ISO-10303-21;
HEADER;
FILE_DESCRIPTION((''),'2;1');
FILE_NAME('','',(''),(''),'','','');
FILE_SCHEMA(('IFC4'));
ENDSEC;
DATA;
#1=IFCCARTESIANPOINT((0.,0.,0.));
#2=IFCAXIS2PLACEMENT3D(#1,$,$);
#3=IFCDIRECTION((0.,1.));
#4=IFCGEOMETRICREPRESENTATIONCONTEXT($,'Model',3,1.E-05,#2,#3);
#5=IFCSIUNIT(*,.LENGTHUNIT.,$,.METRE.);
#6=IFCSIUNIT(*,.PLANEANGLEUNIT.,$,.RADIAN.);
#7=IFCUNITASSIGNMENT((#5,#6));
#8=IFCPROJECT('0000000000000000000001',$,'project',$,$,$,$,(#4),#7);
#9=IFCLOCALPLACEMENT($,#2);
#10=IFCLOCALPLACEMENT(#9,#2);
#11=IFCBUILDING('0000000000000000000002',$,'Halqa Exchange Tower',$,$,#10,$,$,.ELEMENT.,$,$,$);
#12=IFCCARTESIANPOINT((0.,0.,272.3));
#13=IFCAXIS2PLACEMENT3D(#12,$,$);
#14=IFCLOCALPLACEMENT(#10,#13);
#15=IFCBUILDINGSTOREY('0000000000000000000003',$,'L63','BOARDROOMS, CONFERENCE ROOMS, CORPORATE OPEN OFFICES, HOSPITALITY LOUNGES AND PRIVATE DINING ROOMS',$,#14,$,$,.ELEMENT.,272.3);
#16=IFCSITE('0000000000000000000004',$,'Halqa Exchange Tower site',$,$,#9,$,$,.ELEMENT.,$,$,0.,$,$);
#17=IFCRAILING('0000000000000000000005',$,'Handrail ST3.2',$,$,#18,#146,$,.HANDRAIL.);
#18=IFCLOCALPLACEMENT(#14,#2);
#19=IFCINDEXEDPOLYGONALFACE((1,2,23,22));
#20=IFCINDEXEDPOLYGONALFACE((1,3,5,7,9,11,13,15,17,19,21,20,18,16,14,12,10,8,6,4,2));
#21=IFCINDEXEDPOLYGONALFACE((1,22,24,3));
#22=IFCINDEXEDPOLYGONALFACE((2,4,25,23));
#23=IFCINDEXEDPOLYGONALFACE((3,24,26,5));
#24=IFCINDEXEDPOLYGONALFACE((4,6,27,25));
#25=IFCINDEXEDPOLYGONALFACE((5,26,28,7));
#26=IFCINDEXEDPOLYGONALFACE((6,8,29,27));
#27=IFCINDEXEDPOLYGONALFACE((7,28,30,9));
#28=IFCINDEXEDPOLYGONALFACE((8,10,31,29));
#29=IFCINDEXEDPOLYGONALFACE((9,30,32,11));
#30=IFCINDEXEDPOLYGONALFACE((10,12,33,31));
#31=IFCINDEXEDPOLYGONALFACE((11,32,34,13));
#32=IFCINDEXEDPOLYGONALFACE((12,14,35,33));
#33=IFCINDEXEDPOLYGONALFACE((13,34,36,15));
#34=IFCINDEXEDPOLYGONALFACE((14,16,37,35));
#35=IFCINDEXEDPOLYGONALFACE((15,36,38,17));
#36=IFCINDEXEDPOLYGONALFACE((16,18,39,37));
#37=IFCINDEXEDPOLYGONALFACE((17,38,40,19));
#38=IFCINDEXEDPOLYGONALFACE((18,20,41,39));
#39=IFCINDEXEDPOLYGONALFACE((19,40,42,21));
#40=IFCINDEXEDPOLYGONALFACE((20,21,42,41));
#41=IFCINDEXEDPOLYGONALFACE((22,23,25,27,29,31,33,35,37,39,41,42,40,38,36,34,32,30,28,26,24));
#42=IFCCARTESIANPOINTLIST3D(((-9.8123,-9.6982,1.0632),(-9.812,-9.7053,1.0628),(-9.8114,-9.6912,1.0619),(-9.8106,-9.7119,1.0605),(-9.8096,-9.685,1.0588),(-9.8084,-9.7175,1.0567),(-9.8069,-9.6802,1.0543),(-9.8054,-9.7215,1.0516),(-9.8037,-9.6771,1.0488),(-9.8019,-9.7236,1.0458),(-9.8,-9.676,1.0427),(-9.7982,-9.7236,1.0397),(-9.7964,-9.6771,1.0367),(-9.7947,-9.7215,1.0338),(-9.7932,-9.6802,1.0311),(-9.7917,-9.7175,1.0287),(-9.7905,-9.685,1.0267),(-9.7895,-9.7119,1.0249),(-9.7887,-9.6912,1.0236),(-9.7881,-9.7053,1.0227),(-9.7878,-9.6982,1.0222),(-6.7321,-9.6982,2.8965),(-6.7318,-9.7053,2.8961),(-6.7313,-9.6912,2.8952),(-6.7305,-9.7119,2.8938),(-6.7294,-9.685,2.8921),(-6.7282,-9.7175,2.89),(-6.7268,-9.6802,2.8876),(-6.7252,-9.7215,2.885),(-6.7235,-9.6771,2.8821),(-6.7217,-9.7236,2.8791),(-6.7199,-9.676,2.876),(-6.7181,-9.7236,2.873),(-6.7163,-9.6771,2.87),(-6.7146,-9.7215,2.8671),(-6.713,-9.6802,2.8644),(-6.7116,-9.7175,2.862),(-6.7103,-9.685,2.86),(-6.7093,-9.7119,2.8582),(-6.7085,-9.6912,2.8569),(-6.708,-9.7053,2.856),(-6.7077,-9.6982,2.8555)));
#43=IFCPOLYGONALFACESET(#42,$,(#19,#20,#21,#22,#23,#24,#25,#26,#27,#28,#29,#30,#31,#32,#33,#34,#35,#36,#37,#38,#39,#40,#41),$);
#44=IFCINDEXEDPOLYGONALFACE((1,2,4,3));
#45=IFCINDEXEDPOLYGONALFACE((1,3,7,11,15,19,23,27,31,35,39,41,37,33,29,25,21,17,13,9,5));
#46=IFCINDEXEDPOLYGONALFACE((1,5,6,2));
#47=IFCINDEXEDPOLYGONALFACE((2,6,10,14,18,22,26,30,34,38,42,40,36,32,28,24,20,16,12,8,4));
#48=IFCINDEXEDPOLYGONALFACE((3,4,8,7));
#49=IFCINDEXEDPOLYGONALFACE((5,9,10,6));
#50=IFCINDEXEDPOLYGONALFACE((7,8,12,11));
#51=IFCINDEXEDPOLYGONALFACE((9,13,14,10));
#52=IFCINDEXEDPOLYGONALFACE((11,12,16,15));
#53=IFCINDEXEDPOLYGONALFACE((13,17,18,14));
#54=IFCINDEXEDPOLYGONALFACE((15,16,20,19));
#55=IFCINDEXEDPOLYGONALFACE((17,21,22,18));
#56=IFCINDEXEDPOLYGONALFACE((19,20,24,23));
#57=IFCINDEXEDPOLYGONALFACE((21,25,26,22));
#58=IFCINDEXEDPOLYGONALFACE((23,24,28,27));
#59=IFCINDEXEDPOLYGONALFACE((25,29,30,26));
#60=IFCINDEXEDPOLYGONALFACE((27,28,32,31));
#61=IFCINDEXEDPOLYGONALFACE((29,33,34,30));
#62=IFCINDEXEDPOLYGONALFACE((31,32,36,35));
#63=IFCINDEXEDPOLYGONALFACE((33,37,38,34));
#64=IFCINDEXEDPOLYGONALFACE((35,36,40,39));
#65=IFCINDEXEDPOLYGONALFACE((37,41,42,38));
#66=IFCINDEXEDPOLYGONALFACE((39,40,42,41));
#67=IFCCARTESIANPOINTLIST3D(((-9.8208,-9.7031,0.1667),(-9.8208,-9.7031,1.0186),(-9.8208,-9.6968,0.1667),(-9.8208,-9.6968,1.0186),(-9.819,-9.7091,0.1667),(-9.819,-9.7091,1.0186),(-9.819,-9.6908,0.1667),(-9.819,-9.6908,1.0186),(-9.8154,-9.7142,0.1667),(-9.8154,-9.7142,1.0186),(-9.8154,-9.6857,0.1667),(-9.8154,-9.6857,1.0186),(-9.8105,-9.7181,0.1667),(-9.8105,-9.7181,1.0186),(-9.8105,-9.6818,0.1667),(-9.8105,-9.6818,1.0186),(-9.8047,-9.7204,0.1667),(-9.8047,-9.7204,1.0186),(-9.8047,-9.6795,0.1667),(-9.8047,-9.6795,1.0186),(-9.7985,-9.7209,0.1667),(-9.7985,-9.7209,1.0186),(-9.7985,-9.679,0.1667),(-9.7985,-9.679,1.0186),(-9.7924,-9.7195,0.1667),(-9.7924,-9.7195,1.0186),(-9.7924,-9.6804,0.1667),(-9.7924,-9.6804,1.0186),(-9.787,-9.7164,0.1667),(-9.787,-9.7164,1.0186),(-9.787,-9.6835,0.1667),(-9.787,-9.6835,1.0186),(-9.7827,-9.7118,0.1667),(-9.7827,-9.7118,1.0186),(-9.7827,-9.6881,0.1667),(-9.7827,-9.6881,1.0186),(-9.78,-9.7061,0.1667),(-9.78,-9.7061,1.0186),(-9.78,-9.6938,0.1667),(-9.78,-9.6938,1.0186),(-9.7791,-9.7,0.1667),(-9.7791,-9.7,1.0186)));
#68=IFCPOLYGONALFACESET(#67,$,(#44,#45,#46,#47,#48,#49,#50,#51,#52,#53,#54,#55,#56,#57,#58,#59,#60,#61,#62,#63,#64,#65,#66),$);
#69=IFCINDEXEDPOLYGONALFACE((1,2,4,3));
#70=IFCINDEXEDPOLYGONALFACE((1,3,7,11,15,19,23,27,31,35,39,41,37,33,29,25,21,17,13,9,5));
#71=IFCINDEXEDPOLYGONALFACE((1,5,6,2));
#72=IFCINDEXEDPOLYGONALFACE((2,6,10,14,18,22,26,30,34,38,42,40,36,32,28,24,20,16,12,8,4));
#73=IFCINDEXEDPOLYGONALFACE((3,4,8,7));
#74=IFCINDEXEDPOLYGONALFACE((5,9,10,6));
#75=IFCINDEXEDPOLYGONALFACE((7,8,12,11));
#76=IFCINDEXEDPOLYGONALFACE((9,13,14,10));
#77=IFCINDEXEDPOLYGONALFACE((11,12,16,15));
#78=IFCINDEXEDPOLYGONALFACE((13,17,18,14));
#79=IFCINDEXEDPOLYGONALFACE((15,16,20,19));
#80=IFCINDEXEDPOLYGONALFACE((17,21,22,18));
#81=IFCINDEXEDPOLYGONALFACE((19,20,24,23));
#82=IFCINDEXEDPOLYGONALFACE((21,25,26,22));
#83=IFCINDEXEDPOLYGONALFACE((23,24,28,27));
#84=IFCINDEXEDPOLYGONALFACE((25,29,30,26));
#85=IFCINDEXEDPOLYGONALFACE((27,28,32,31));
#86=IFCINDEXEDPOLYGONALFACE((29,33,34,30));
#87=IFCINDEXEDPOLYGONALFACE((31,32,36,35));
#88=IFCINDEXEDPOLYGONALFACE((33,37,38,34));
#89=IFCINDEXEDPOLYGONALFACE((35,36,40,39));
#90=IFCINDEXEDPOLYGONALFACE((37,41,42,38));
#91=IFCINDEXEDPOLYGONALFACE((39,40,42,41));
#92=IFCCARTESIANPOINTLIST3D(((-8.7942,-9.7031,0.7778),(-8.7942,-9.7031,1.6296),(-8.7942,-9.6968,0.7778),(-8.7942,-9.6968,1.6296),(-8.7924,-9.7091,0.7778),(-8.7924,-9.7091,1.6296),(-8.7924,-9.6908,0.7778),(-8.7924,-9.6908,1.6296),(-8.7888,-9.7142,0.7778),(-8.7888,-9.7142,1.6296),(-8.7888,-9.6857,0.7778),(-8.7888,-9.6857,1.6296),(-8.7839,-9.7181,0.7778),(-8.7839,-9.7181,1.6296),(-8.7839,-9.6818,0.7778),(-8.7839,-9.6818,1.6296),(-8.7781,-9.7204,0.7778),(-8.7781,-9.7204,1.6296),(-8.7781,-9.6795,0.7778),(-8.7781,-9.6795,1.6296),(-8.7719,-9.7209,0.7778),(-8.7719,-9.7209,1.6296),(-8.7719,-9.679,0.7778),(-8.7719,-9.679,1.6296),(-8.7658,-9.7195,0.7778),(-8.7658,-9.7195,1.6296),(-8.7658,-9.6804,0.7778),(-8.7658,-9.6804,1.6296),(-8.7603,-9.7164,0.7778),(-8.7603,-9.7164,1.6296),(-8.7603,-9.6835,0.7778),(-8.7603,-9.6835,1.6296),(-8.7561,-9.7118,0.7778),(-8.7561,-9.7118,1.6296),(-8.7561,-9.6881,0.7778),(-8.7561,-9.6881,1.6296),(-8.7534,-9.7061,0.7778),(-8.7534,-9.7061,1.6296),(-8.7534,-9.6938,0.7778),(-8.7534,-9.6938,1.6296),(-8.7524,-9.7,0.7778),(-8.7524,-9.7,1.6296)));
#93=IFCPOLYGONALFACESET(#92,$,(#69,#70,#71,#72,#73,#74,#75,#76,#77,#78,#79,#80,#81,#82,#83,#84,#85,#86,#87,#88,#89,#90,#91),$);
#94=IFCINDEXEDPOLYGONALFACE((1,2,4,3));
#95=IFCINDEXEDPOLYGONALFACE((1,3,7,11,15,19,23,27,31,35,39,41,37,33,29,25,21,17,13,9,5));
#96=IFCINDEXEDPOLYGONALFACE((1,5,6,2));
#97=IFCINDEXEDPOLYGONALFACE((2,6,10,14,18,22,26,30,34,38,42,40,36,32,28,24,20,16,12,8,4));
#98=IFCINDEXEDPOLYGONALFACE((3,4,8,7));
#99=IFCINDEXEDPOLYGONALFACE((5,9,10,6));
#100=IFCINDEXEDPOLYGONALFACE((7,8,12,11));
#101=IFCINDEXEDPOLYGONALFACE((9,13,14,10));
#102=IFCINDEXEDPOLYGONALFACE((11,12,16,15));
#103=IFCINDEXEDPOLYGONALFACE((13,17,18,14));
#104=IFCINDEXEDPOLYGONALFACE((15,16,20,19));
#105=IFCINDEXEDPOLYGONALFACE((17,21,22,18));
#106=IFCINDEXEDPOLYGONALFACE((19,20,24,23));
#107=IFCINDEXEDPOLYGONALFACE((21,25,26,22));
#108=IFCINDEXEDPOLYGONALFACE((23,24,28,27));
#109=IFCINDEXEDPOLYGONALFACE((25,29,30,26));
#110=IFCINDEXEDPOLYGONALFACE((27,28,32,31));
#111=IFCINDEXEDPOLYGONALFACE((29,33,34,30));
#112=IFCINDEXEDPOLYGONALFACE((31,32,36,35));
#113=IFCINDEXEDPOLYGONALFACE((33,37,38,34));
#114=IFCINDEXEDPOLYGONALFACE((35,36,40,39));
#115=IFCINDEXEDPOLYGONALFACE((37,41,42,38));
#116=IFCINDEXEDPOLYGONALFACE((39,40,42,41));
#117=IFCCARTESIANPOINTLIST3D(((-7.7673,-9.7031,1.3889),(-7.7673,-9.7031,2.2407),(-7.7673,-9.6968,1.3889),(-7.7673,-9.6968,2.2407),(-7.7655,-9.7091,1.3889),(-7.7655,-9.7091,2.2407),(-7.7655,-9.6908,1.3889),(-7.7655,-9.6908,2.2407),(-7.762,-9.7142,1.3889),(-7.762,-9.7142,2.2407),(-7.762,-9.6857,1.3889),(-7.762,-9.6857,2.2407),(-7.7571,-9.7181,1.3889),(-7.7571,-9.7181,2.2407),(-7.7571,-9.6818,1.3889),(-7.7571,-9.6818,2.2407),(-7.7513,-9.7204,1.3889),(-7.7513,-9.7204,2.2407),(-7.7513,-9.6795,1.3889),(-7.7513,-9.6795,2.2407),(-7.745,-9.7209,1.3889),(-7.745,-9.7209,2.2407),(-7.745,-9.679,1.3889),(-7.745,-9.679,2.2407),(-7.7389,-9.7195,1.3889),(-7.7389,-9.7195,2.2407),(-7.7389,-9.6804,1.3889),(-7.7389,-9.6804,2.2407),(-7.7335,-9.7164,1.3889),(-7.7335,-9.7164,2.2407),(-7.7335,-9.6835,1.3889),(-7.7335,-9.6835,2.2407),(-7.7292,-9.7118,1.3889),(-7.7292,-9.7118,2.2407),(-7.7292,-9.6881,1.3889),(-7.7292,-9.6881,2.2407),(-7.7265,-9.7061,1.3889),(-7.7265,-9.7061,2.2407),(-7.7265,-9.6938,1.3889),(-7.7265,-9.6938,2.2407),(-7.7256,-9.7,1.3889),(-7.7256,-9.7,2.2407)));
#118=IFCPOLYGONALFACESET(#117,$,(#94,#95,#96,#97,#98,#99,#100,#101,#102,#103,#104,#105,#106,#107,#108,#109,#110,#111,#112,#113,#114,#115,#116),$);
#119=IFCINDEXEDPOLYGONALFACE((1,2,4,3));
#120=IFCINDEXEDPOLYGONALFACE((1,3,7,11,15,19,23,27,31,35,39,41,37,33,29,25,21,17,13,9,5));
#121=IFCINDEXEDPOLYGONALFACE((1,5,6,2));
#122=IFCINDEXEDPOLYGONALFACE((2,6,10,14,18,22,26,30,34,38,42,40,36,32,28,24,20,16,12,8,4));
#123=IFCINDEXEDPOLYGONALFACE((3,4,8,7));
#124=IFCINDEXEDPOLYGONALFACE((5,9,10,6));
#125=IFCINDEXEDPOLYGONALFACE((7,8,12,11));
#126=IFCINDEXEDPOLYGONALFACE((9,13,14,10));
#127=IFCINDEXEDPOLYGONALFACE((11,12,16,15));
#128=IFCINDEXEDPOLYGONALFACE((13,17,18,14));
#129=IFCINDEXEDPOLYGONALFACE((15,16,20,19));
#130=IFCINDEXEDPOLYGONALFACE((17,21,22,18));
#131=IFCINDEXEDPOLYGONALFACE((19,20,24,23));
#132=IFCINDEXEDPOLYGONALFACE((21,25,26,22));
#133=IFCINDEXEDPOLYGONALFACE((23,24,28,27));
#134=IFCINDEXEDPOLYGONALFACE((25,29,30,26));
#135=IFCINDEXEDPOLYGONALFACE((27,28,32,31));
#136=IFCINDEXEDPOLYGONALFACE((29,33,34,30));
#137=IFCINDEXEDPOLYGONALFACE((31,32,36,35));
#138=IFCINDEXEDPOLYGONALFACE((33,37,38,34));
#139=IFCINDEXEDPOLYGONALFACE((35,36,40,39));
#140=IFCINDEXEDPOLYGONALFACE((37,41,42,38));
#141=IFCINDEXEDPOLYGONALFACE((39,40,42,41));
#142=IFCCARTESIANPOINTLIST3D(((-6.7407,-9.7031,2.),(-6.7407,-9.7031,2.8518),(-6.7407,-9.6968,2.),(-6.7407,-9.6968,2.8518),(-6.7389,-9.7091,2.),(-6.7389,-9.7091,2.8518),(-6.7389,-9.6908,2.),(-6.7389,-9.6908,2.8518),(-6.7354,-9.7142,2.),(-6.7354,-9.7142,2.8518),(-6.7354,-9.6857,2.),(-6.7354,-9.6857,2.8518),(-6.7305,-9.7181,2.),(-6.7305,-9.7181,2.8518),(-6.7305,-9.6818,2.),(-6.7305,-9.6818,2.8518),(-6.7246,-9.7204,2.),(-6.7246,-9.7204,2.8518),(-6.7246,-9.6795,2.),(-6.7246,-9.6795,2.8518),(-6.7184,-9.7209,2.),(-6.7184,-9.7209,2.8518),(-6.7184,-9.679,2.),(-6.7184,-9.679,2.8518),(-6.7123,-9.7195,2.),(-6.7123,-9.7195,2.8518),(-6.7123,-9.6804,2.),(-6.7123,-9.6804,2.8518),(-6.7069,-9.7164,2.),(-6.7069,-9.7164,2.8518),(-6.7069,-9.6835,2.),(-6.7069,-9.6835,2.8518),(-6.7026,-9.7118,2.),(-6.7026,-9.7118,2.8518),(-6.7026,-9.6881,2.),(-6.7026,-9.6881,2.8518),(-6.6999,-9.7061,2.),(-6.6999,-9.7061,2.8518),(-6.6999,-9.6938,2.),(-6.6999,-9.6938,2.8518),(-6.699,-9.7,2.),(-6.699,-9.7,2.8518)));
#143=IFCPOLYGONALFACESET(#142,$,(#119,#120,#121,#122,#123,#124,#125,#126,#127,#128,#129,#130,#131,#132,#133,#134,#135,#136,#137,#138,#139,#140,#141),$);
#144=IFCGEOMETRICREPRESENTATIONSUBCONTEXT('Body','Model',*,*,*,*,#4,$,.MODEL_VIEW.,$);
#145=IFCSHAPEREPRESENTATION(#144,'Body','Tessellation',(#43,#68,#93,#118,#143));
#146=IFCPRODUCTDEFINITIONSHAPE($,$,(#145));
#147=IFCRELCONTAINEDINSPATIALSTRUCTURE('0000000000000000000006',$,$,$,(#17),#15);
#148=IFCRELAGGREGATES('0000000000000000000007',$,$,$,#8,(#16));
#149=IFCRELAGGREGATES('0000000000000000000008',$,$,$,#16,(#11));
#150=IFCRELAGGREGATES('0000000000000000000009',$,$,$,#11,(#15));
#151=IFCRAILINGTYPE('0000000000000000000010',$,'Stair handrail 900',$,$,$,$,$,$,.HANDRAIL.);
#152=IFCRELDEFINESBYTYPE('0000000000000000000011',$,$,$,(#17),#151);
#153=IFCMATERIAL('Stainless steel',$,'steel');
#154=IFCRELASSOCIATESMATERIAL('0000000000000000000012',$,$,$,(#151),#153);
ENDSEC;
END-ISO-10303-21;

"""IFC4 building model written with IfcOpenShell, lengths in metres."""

from ifc_helpers import new_model, si_unit, direction, frame, origin, origin_2d, place, context, subcontext, project, spatial, circle, extrude, material, type_object, element, save


model = new_model("IFC4")

# Units and contexts
model_context = context("Model", 3, precision=1e-05, world=origin(), true_north=direction((0.0, 1.0)))
body_context = subcontext(model_context, "Body", "Model", "MODEL_VIEW")
ifc_project = project(units=[si_unit("LENGTHUNIT", "METRE"), si_unit("PLANEANGLEUNIT", "RADIAN")], contexts=[model_context])

# Site, building, storey
site_placement = place(None, origin())
site = spatial("IfcSite", under=ifc_project, at=site_placement, Name="Halqa Exchange Tower site", CompositionType="ELEMENT", RefElevation=0.0)
building_placement = place(site_placement, origin())
building = spatial("IfcBuilding", under=site, at=building_placement, Name="Halqa Exchange Tower", CompositionType="ELEMENT")
storey_placement = place(building_placement, frame((0.0, 0.0, 272.3)))
storey = spatial("IfcBuildingStorey", under=building, at=storey_placement, Name="L63", Description="BOARDROOMS, CONFERENCE ROOMS, CORPORATE OPEN OFFICES, HOSPITALITY LOUNGES AND PRIVATE DINING ROOMS", CompositionType="ELEMENT", Elevation=272.3)

# Shared definitions
ifc_material_1 = material(Name="Stainless steel", Category="steel")

# Railing
railing_type_1 = type_object("IfcRailingType", Name="Stair handrail 900", PredefinedType="HANDRAIL", material=ifc_material_1)
railing_1_placement = place(storey_placement, frame((-9.8, -9.7, 0.1667)))
element("IfcRailing", 1, at=railing_1_placement, inside=storey, type_object=railing_type_1, Name="Handrail ST3.2", PredefinedType="HANDRAIL", context=body_context, shape_type="SweptSolid", body=[
    extrude(circle(Radius=0.0239, at=origin_2d()), frame((0.0, 0.0, 0.876), z_axis=(0.859309, 0.0, 0.511458), x_axis=(0.0, 1.0, 0.0)), (0.0, 0.0, 1.0), 3.5845),
    extrude(circle(Radius=0.021, at=origin_2d()), origin(), (0.0, 0.0, 1.0), 0.8518),
    extrude(circle(Radius=0.021, at=origin_2d()), frame((1.0266, 0.0, 0.6111)), (0.0, 0.0, 1.0), 0.8518),
    extrude(circle(Radius=0.021, at=origin_2d()), frame((2.0535, 0.0, 1.2222)), (0.0, 0.0, 1.0), 0.8518),
    extrude(circle(Radius=0.021, at=origin_2d()), frame((3.0801, 0.0, 1.8333)), (0.0, 0.0, 1.0), 0.8518),
])

save(model, "model.ifc")
